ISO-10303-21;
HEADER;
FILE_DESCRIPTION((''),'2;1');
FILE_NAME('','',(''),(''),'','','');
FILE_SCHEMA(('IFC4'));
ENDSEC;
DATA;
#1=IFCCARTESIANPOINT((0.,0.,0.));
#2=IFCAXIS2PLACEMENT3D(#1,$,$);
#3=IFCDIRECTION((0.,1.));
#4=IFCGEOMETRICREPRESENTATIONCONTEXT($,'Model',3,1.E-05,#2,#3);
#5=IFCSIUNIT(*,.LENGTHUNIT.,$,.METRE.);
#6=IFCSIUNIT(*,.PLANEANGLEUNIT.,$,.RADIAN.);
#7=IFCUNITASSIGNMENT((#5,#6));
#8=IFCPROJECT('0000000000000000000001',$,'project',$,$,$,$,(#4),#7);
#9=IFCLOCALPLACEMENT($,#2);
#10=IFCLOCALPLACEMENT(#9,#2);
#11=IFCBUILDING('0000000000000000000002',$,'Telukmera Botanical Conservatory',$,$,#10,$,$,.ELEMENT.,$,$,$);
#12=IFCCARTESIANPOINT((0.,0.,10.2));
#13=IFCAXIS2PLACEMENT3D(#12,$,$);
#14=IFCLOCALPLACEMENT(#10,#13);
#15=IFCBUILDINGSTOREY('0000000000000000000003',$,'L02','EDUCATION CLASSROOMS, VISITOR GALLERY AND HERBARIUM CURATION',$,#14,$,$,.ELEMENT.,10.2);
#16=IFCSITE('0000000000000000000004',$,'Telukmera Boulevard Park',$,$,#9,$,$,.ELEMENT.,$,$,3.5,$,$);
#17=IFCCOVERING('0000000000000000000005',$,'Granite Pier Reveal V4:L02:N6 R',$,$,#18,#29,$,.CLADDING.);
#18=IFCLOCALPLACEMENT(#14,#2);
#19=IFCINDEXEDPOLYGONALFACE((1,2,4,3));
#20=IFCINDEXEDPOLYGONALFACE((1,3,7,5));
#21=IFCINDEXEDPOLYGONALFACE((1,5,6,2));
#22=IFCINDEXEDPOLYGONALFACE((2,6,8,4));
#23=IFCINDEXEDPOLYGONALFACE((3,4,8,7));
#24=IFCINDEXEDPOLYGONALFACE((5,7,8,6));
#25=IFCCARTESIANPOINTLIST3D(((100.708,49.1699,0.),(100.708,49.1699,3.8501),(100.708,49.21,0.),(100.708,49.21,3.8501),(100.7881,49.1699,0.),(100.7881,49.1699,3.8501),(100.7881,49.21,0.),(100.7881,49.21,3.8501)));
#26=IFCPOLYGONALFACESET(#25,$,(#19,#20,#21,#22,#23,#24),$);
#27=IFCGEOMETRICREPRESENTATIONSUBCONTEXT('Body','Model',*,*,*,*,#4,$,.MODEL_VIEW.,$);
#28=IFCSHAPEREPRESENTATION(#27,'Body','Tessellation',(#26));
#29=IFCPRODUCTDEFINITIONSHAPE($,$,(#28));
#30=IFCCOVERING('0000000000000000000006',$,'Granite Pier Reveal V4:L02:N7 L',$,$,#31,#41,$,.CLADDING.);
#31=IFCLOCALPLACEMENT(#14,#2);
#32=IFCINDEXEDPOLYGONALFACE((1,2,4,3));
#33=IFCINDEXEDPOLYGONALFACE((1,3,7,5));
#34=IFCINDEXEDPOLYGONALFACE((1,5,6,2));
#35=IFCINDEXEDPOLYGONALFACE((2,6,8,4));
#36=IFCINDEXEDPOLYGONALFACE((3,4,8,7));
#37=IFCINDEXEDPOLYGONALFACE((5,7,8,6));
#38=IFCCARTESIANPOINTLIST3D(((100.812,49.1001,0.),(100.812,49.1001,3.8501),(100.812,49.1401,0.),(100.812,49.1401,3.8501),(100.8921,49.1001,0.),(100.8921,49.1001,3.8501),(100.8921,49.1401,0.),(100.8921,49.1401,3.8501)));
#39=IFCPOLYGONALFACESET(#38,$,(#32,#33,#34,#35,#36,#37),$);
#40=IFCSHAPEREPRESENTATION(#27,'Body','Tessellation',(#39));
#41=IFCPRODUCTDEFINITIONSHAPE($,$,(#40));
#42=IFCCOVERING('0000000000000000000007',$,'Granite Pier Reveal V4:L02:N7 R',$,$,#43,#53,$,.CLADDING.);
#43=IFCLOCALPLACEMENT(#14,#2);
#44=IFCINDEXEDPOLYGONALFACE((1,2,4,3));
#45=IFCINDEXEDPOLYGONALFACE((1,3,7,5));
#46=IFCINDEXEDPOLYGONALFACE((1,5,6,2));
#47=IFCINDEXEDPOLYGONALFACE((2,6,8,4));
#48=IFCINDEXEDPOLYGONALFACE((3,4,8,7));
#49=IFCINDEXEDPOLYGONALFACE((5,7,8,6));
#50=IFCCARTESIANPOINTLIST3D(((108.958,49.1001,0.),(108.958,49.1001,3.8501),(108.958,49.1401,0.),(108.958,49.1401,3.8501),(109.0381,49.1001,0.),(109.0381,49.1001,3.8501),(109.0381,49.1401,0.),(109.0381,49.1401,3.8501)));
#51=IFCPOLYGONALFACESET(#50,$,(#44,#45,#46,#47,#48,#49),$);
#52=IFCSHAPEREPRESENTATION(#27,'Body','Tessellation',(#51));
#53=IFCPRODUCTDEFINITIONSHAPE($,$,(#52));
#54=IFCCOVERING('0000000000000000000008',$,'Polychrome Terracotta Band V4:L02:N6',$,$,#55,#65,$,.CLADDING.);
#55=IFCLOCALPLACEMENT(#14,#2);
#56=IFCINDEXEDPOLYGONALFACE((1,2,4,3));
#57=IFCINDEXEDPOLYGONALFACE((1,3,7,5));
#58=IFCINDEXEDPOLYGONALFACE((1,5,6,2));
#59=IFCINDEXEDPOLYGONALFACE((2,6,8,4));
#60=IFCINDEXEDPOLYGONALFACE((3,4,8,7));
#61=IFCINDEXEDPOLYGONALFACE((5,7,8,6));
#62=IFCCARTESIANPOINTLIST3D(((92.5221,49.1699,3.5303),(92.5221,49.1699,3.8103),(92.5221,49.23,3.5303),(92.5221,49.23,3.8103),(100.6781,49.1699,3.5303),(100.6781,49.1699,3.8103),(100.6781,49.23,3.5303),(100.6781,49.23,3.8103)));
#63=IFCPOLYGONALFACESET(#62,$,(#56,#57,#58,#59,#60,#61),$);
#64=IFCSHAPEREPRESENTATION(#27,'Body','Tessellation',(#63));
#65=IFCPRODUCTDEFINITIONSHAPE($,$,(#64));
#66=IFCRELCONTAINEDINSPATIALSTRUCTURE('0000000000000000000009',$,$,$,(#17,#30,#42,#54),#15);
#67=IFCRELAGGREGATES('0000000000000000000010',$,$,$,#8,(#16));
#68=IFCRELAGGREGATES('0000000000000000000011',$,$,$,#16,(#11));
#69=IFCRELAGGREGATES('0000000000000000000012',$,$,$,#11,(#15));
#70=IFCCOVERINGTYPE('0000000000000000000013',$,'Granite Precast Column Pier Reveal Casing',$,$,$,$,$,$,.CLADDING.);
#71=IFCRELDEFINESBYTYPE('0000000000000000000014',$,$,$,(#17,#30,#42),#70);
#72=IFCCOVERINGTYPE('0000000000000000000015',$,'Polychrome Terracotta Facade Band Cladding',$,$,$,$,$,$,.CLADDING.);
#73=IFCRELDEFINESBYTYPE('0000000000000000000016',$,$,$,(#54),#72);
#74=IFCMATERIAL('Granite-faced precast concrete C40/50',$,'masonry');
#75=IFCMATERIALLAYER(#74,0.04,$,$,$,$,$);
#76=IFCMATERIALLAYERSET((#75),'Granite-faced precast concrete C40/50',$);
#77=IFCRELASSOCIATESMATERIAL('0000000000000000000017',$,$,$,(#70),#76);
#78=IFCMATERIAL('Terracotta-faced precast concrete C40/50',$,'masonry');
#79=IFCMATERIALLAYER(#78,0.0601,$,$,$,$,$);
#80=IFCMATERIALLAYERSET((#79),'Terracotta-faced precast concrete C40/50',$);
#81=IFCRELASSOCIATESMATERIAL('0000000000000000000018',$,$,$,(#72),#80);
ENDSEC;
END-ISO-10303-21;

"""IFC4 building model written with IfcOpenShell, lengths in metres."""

from ifc_helpers import new_model, si_unit, direction, frame, origin, origin_2d, place, context, subcontext, project, spatial, rectangle, extrude, material, layer, layer_set, type_object, element, save


model = new_model("IFC4")

# Units and contexts
model_context = context("Model", 3, precision=1e-05, world=origin(), true_north=direction((0.0, 1.0)))
body_context = subcontext(model_context, "Body", "Model", "MODEL_VIEW")
ifc_project = project(units=[si_unit("LENGTHUNIT", "METRE"), si_unit("PLANEANGLEUNIT", "RADIAN")], contexts=[model_context])

# Site, building, storey
site_placement = place(None, origin())
site = spatial("IfcSite", under=ifc_project, at=site_placement, Name="Telukmera Boulevard Park", CompositionType="ELEMENT", RefElevation=3.5)
building_placement = place(site_placement, origin())
building = spatial("IfcBuilding", under=site, at=building_placement, Name="Telukmera Botanical Conservatory", CompositionType="ELEMENT")
storey_placement = place(building_placement, frame((0.0, 0.0, 10.2)))
storey = spatial("IfcBuildingStorey", under=building, at=storey_placement, Name="L02", Description="EDUCATION CLASSROOMS, VISITOR GALLERY AND HERBARIUM CURATION", CompositionType="ELEMENT", Elevation=10.2)

# Coverings
ifc_material_1 = material(Name="Granite-faced precast concrete C40/50", Category="masonry")
ifc_layer_1 = layer(ifc_material_1, 0.04)
ifc_layer_set_1 = layer_set([ifc_layer_1], Name="Granite-faced precast concrete C40/50")
covering_type_1 = type_object("IfcCoveringType", Name="Granite Precast Column Pier Reveal Casing", PredefinedType="CLADDING", material=ifc_layer_set_1)
for number, where, z_axis, x_axis, name in (
    (1, (100.748, 49.1899, 0.0), (0.0, 0.0, 1.0), (1.0, 0.0, 0.0), "Granite Pier Reveal V4:L02:N6 R"),
    (2, (100.8521, 49.1201, 0.0), (0.0, 0.0, 1.0), (1.0, 0.0, 0.0), "Granite Pier Reveal V4:L02:N7 L"),
    (3, (108.998, 49.1201, 0.0), (0.0, 0.0, 1.0), (1.0, 0.0, 0.0), "Granite Pier Reveal V4:L02:N7 R"),
):
    element("IfcCovering", number, at=place(storey_placement, frame(where, z_axis=z_axis, x_axis=x_axis)), inside=storey, type_object=covering_type_1, Name=name, PredefinedType="CLADDING", context=body_context, shape_type="SweptSolid", body=[
        extrude(rectangle(XDim=0.0801, YDim=0.04, at=origin_2d()), origin(), (0.0, 0.0, 1.0), 3.8501),
    ])
ifc_material_2 = material(Name="Terracotta-faced precast concrete C40/50", Category="masonry")
ifc_layer_2 = layer(ifc_material_2, 0.0601)
ifc_layer_set_2 = layer_set([ifc_layer_2], Name="Terracotta-faced precast concrete C40/50")
covering_type_2 = type_object("IfcCoveringType", Name="Polychrome Terracotta Facade Band Cladding", PredefinedType="CLADDING", material=ifc_layer_set_2)
covering_placement = place(storey_placement, frame((96.6001, 49.2, 3.5303), z_axis=(0.0, 0.0, 1.0), x_axis=(1.0, 0.0, 0.0)))
element("IfcCovering", 4, at=covering_placement, inside=storey, type_object=covering_type_2, Name="Polychrome Terracotta Band V4:L02:N6", PredefinedType="CLADDING", context=body_context, shape_type="SweptSolid", body=[
    extrude(rectangle(XDim=8.156, YDim=0.0601, at=origin_2d()), origin(), (0.0, 0.0, 1.0), 0.28),
])

save(model, "model.ifc")
